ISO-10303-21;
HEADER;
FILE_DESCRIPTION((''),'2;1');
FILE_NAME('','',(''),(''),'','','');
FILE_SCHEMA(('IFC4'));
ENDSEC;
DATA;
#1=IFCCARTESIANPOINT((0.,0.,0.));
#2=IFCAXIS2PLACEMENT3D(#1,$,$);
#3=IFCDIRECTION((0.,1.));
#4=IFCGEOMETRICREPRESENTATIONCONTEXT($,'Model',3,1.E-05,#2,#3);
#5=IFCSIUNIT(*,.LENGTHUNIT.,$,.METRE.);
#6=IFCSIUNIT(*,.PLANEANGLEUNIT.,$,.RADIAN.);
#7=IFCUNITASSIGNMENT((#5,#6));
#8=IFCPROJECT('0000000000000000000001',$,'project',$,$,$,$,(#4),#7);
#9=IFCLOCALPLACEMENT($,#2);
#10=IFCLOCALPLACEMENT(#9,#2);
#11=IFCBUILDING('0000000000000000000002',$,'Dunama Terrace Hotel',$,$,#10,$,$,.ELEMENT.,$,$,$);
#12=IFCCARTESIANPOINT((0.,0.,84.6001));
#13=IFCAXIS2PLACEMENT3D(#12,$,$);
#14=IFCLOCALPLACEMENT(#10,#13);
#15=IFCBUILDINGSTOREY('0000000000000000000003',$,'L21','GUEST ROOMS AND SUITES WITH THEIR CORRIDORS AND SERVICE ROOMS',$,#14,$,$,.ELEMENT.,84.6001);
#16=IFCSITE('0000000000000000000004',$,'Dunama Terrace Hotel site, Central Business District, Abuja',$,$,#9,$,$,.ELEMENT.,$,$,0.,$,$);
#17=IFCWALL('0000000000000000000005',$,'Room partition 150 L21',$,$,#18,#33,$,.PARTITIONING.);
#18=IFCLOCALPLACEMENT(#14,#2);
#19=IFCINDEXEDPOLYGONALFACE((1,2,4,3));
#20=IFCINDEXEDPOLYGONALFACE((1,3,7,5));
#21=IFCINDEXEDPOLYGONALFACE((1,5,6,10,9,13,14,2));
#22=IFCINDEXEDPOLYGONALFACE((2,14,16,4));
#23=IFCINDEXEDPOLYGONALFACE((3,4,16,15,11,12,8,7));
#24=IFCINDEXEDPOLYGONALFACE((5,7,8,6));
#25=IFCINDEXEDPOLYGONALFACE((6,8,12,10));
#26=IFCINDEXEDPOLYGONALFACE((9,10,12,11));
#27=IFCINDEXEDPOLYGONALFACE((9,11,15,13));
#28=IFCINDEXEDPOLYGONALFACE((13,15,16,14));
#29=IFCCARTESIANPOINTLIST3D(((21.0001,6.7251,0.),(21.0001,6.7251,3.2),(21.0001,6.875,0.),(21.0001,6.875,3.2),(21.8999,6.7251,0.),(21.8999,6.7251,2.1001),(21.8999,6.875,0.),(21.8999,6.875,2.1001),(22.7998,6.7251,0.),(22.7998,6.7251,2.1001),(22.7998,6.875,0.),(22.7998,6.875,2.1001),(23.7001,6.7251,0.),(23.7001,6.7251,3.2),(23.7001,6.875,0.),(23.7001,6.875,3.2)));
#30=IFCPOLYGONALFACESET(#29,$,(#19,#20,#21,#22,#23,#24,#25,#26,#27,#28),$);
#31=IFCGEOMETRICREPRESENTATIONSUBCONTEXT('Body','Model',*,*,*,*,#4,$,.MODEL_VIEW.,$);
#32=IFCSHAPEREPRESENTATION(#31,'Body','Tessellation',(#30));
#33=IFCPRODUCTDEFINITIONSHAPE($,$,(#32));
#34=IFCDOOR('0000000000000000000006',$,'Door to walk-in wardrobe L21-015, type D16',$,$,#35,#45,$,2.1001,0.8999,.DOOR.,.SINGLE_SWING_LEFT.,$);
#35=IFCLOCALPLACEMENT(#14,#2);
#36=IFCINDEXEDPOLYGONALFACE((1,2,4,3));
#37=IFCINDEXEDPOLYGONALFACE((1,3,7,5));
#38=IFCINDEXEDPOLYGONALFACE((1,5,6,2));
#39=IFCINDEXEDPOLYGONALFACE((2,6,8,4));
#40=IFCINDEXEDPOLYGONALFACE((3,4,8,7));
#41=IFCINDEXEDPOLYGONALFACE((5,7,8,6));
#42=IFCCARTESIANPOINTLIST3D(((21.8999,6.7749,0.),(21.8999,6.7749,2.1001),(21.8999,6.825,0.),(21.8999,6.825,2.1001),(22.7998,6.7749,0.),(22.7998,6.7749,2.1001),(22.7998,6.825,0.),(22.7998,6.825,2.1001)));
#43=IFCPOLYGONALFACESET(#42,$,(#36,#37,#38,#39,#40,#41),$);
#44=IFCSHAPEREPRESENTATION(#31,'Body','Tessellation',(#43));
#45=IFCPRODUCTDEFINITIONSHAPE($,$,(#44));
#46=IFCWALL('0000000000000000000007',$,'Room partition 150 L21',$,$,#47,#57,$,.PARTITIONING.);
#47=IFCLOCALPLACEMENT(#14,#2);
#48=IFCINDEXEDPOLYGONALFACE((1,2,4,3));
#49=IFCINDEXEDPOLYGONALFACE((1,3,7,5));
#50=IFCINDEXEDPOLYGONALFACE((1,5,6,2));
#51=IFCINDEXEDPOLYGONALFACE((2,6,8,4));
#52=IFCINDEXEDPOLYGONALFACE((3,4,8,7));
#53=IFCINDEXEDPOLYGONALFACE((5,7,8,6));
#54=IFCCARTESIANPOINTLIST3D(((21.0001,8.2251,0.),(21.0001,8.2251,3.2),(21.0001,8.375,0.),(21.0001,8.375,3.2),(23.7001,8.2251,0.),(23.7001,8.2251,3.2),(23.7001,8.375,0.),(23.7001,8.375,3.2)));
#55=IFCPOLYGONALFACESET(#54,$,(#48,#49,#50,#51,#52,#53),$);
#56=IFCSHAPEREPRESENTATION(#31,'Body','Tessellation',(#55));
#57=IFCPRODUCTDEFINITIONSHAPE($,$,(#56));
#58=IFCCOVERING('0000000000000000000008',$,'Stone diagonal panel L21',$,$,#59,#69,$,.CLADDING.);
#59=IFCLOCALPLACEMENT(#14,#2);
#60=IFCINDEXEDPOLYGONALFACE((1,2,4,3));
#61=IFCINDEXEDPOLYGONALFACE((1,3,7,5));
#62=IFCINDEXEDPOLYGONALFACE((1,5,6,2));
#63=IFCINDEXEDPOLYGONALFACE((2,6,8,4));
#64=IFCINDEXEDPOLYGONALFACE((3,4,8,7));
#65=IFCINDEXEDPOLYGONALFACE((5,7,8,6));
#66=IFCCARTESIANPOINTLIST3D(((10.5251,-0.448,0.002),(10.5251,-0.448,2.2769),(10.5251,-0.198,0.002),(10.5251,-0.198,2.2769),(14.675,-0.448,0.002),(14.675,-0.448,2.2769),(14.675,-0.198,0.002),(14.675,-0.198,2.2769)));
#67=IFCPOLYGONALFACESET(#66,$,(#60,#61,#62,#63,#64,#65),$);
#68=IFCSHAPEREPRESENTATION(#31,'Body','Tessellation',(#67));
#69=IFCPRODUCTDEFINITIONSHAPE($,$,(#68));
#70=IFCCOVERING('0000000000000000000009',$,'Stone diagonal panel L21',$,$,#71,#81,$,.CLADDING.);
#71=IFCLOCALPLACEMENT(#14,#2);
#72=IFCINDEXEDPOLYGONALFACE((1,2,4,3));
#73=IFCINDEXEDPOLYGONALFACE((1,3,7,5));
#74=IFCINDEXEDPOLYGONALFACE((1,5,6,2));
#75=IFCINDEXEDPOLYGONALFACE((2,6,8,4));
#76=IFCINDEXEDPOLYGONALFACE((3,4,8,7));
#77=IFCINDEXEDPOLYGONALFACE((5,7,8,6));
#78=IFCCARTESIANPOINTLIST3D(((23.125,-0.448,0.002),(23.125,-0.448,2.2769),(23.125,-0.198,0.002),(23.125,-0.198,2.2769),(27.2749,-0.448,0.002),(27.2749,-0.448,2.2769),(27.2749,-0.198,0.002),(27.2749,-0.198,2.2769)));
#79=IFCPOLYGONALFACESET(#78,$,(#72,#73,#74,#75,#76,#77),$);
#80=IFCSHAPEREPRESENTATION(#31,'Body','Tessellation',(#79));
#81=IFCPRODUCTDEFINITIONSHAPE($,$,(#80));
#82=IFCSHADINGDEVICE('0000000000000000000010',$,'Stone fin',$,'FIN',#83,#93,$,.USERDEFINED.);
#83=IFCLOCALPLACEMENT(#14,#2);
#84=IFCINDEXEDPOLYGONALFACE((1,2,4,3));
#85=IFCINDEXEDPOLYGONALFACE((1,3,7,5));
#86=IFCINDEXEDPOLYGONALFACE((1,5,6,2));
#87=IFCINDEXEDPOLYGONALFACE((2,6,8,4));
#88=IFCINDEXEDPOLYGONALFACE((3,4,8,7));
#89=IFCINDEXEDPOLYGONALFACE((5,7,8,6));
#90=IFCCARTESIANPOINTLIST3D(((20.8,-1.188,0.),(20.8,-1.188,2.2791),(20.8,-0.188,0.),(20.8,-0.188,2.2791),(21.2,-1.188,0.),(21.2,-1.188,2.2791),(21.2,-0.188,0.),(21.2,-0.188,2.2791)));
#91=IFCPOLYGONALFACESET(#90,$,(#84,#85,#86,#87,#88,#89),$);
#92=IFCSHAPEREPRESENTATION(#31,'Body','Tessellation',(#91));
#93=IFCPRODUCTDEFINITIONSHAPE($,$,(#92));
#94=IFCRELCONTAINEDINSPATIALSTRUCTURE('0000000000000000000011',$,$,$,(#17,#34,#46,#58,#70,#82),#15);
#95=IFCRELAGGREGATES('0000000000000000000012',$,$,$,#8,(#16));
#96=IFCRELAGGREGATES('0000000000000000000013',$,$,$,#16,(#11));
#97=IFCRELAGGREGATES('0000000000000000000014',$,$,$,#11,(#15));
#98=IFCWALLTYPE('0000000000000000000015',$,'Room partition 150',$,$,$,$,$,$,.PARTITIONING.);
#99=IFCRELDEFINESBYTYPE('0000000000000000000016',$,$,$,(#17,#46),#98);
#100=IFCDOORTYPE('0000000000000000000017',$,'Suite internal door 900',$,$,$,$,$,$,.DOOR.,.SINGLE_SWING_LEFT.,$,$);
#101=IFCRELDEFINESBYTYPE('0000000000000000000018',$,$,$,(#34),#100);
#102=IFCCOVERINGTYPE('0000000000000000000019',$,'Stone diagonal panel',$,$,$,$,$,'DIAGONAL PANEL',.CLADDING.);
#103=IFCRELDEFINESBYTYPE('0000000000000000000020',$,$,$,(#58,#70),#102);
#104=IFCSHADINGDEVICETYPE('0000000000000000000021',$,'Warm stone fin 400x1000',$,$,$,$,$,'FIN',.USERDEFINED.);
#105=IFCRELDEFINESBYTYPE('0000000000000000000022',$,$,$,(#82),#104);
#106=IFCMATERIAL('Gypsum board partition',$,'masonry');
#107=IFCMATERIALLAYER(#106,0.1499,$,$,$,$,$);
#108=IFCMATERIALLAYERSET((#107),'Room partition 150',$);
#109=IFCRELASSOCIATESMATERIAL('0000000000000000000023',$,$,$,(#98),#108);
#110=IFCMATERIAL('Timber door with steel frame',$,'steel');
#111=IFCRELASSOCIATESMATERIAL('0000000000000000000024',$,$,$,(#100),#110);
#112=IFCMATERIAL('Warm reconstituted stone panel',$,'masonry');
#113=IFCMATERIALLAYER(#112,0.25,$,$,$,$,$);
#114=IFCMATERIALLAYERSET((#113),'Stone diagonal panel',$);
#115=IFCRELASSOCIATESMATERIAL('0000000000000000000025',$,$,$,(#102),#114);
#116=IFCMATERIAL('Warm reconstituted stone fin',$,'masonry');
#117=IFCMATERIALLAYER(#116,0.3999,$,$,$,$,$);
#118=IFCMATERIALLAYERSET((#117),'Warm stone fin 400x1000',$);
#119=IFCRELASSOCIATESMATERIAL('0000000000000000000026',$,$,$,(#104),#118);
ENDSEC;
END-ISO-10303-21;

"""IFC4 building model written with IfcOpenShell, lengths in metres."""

from ifc_helpers import new_model, si_unit, direction, frame, frame_2d, origin, origin_2d, place, context, subcontext, project, spatial, rectangle, extrude, material, layer, layer_set, type_object, element, fill, save


model = new_model("IFC4")

# Units and contexts
model_context = context("Model", 3, precision=1e-05, world=origin(), true_north=direction((0.0, 1.0)))
body_context = subcontext(model_context, "Body", "Model", "MODEL_VIEW")
ifc_project = project(units=[si_unit("LENGTHUNIT", "METRE"), si_unit("PLANEANGLEUNIT", "RADIAN")], contexts=[model_context])

# Site, building, storey
site_placement = place(None, origin())
site = spatial("IfcSite", under=ifc_project, at=site_placement, Name="Dunama Terrace Hotel site, Central Business District, Abuja", CompositionType="ELEMENT", RefElevation=0.0)
building_placement = place(site_placement, origin())
building = spatial("IfcBuilding", under=site, at=building_placement, Name="Dunama Terrace Hotel", CompositionType="ELEMENT")
storey_placement = place(building_placement, frame((0.0, 0.0, 84.6001)))
storey = spatial("IfcBuildingStorey", under=building, at=storey_placement, Name="L21", Description="GUEST ROOMS AND SUITES WITH THEIR CORRIDORS AND SERVICE ROOMS", CompositionType="ELEMENT", Elevation=84.6001)

# Shared definitions
ifc_material_1 = material(Name="Gypsum board partition", Category="masonry")
ifc_layer_1 = layer(ifc_material_1, 0.1499)
ifc_layer_set_1 = layer_set([ifc_layer_1], Name="Room partition 150")
wall_type_1 = type_object("IfcWallType", Name="Room partition 150", PredefinedType="PARTITIONING", material=ifc_layer_set_1)

# Wall, opening, door
ifc_material_2 = material(Name="Timber door with steel frame", Category="steel")
door_type_1 = type_object("IfcDoorType", Name="Suite internal door 900", OperationType="SINGLE_SWING_LEFT", PredefinedType="DOOR", material=ifc_material_2)
wall_1_placement = place(storey_placement, frame((21.0, 6.8, 0.0), z_axis=(0.0, 0.0, 1.0), x_axis=(1.0, 0.0, 0.0)))
wall_1 = element("IfcWall", 1, at=wall_1_placement, inside=storey, type_object=wall_type_1, Name="Room partition 150 L21", PredefinedType="PARTITIONING", context=body_context, shape_type="SweptSolid", body=[
    extrude(rectangle(XDim=2.7, YDim=0.1499, at=frame_2d((1.3501, 0.0))), origin(), (0.0, 0.0, 1.0), 3.2),
])
opening_1_placement = place(wall_1_placement, frame((0.8999, 0.0, 0.0)))
opening_1 = element("IfcOpeningElement", 2, at=opening_1_placement, cuts=wall_1, PredefinedType="OPENING", context=body_context, shape_type="SweptSolid", body=[
    extrude(rectangle(XDim=0.8999, YDim=2.1001, at=frame_2d((0.45, 1.05))), frame((0.0, 0.085, 0.0), z_axis=(0.0, -1.0, 0.0), x_axis=(1.0, 0.0, 0.0)), (0.0, 0.0, 1.0), 0.1699),
])
door_1_placement = place(opening_1_placement, origin())
door_1 = element("IfcDoor", 3, at=door_1_placement, inside=storey, type_object=door_type_1, Name="Door to walk-in wardrobe L21-015, type D16", OperationType="SINGLE_SWING_LEFT", OverallHeight=2.1001, OverallWidth=0.8999, PredefinedType="DOOR", context=body_context, shape_type="SweptSolid", body=[
    extrude(rectangle(XDim=0.8999, YDim=2.1001, at=frame_2d((0.45, 1.05))), frame((0.0, 0.0249, 0.0), z_axis=(0.0, -1.0, 0.0), x_axis=(1.0, 0.0, 0.0)), (0.0, 0.0, 1.0), 0.05),
])
fill(opening_1, door_1)

# Wall
wall_2_placement = place(storey_placement, frame((21.0, 8.3, 0.0), z_axis=(0.0, 0.0, 1.0), x_axis=(1.0, 0.0, 0.0)))
element("IfcWall", 4, at=wall_2_placement, inside=storey, type_object=wall_type_1, Name="Room partition 150 L21", PredefinedType="PARTITIONING", context=body_context, shape_type="SweptSolid", body=[
    extrude(rectangle(XDim=2.7, YDim=0.1499, at=frame_2d((1.3501, 0.0))), origin(), (0.0, 0.0, 1.0), 3.2),
])

# Coverings
ifc_material_3 = material(Name="Warm reconstituted stone panel", Category="masonry")
ifc_layer_2 = layer(ifc_material_3, 0.25)
ifc_layer_set_2 = layer_set([ifc_layer_2], Name="Stone diagonal panel")
covering_type = type_object("IfcCoveringType", Name="Stone diagonal panel", ElementType="DIAGONAL PANEL", PredefinedType="CLADDING", material=ifc_layer_set_2)
for number, where, z_axis, x_axis, name in (
    (5, (12.6001, -0.323, 0.002), (0.0, 0.0, 1.0), (1.0, 0.0, 0.0), "Stone diagonal panel L21"),
    (6, (25.2, -0.323, 0.002), (0.0, 0.0, 1.0), (1.0, 0.0, 0.0), "Stone diagonal panel L21"),
):
    element("IfcCovering", number, at=place(storey_placement, frame(where, z_axis=z_axis, x_axis=x_axis)), inside=storey, type_object=covering_type, Name=name, PredefinedType="CLADDING", context=body_context, shape_type="SweptSolid", body=[
        extrude(rectangle(XDim=4.1499, YDim=0.25, at=origin_2d()), origin(), (0.0, 0.0, 1.0), 2.2749),
    ])

# Shading device
ifc_material_4 = material(Name="Warm reconstituted stone fin", Category="masonry")
ifc_layer_3 = layer(ifc_material_4, 0.3999)
ifc_layer_set_3 = layer_set([ifc_layer_3], Name="Warm stone fin 400x1000")
shading_device_type = type_object("IfcShadingDeviceType", Name="Warm stone fin 400x1000", ElementType="FIN", PredefinedType="USERDEFINED", material=ifc_layer_set_3)
shading_device_placement = place(storey_placement, frame((21.0, -0.688, 0.0), z_axis=(0.0, 0.0, 1.0), x_axis=(1.0, 0.0, 0.0)))
element("IfcShadingDevice", 7, at=shading_device_placement, inside=storey, type_object=shading_device_type, Name="Stone fin", ObjectType="FIN", PredefinedType="USERDEFINED", context=body_context, shape_type="SweptSolid", body=[
    extrude(rectangle(XDim=0.3999, YDim=1.0, at=origin_2d()), origin(), (0.0, 0.0, 1.0), 2.2791),
])

save(model, "model.ifc")
